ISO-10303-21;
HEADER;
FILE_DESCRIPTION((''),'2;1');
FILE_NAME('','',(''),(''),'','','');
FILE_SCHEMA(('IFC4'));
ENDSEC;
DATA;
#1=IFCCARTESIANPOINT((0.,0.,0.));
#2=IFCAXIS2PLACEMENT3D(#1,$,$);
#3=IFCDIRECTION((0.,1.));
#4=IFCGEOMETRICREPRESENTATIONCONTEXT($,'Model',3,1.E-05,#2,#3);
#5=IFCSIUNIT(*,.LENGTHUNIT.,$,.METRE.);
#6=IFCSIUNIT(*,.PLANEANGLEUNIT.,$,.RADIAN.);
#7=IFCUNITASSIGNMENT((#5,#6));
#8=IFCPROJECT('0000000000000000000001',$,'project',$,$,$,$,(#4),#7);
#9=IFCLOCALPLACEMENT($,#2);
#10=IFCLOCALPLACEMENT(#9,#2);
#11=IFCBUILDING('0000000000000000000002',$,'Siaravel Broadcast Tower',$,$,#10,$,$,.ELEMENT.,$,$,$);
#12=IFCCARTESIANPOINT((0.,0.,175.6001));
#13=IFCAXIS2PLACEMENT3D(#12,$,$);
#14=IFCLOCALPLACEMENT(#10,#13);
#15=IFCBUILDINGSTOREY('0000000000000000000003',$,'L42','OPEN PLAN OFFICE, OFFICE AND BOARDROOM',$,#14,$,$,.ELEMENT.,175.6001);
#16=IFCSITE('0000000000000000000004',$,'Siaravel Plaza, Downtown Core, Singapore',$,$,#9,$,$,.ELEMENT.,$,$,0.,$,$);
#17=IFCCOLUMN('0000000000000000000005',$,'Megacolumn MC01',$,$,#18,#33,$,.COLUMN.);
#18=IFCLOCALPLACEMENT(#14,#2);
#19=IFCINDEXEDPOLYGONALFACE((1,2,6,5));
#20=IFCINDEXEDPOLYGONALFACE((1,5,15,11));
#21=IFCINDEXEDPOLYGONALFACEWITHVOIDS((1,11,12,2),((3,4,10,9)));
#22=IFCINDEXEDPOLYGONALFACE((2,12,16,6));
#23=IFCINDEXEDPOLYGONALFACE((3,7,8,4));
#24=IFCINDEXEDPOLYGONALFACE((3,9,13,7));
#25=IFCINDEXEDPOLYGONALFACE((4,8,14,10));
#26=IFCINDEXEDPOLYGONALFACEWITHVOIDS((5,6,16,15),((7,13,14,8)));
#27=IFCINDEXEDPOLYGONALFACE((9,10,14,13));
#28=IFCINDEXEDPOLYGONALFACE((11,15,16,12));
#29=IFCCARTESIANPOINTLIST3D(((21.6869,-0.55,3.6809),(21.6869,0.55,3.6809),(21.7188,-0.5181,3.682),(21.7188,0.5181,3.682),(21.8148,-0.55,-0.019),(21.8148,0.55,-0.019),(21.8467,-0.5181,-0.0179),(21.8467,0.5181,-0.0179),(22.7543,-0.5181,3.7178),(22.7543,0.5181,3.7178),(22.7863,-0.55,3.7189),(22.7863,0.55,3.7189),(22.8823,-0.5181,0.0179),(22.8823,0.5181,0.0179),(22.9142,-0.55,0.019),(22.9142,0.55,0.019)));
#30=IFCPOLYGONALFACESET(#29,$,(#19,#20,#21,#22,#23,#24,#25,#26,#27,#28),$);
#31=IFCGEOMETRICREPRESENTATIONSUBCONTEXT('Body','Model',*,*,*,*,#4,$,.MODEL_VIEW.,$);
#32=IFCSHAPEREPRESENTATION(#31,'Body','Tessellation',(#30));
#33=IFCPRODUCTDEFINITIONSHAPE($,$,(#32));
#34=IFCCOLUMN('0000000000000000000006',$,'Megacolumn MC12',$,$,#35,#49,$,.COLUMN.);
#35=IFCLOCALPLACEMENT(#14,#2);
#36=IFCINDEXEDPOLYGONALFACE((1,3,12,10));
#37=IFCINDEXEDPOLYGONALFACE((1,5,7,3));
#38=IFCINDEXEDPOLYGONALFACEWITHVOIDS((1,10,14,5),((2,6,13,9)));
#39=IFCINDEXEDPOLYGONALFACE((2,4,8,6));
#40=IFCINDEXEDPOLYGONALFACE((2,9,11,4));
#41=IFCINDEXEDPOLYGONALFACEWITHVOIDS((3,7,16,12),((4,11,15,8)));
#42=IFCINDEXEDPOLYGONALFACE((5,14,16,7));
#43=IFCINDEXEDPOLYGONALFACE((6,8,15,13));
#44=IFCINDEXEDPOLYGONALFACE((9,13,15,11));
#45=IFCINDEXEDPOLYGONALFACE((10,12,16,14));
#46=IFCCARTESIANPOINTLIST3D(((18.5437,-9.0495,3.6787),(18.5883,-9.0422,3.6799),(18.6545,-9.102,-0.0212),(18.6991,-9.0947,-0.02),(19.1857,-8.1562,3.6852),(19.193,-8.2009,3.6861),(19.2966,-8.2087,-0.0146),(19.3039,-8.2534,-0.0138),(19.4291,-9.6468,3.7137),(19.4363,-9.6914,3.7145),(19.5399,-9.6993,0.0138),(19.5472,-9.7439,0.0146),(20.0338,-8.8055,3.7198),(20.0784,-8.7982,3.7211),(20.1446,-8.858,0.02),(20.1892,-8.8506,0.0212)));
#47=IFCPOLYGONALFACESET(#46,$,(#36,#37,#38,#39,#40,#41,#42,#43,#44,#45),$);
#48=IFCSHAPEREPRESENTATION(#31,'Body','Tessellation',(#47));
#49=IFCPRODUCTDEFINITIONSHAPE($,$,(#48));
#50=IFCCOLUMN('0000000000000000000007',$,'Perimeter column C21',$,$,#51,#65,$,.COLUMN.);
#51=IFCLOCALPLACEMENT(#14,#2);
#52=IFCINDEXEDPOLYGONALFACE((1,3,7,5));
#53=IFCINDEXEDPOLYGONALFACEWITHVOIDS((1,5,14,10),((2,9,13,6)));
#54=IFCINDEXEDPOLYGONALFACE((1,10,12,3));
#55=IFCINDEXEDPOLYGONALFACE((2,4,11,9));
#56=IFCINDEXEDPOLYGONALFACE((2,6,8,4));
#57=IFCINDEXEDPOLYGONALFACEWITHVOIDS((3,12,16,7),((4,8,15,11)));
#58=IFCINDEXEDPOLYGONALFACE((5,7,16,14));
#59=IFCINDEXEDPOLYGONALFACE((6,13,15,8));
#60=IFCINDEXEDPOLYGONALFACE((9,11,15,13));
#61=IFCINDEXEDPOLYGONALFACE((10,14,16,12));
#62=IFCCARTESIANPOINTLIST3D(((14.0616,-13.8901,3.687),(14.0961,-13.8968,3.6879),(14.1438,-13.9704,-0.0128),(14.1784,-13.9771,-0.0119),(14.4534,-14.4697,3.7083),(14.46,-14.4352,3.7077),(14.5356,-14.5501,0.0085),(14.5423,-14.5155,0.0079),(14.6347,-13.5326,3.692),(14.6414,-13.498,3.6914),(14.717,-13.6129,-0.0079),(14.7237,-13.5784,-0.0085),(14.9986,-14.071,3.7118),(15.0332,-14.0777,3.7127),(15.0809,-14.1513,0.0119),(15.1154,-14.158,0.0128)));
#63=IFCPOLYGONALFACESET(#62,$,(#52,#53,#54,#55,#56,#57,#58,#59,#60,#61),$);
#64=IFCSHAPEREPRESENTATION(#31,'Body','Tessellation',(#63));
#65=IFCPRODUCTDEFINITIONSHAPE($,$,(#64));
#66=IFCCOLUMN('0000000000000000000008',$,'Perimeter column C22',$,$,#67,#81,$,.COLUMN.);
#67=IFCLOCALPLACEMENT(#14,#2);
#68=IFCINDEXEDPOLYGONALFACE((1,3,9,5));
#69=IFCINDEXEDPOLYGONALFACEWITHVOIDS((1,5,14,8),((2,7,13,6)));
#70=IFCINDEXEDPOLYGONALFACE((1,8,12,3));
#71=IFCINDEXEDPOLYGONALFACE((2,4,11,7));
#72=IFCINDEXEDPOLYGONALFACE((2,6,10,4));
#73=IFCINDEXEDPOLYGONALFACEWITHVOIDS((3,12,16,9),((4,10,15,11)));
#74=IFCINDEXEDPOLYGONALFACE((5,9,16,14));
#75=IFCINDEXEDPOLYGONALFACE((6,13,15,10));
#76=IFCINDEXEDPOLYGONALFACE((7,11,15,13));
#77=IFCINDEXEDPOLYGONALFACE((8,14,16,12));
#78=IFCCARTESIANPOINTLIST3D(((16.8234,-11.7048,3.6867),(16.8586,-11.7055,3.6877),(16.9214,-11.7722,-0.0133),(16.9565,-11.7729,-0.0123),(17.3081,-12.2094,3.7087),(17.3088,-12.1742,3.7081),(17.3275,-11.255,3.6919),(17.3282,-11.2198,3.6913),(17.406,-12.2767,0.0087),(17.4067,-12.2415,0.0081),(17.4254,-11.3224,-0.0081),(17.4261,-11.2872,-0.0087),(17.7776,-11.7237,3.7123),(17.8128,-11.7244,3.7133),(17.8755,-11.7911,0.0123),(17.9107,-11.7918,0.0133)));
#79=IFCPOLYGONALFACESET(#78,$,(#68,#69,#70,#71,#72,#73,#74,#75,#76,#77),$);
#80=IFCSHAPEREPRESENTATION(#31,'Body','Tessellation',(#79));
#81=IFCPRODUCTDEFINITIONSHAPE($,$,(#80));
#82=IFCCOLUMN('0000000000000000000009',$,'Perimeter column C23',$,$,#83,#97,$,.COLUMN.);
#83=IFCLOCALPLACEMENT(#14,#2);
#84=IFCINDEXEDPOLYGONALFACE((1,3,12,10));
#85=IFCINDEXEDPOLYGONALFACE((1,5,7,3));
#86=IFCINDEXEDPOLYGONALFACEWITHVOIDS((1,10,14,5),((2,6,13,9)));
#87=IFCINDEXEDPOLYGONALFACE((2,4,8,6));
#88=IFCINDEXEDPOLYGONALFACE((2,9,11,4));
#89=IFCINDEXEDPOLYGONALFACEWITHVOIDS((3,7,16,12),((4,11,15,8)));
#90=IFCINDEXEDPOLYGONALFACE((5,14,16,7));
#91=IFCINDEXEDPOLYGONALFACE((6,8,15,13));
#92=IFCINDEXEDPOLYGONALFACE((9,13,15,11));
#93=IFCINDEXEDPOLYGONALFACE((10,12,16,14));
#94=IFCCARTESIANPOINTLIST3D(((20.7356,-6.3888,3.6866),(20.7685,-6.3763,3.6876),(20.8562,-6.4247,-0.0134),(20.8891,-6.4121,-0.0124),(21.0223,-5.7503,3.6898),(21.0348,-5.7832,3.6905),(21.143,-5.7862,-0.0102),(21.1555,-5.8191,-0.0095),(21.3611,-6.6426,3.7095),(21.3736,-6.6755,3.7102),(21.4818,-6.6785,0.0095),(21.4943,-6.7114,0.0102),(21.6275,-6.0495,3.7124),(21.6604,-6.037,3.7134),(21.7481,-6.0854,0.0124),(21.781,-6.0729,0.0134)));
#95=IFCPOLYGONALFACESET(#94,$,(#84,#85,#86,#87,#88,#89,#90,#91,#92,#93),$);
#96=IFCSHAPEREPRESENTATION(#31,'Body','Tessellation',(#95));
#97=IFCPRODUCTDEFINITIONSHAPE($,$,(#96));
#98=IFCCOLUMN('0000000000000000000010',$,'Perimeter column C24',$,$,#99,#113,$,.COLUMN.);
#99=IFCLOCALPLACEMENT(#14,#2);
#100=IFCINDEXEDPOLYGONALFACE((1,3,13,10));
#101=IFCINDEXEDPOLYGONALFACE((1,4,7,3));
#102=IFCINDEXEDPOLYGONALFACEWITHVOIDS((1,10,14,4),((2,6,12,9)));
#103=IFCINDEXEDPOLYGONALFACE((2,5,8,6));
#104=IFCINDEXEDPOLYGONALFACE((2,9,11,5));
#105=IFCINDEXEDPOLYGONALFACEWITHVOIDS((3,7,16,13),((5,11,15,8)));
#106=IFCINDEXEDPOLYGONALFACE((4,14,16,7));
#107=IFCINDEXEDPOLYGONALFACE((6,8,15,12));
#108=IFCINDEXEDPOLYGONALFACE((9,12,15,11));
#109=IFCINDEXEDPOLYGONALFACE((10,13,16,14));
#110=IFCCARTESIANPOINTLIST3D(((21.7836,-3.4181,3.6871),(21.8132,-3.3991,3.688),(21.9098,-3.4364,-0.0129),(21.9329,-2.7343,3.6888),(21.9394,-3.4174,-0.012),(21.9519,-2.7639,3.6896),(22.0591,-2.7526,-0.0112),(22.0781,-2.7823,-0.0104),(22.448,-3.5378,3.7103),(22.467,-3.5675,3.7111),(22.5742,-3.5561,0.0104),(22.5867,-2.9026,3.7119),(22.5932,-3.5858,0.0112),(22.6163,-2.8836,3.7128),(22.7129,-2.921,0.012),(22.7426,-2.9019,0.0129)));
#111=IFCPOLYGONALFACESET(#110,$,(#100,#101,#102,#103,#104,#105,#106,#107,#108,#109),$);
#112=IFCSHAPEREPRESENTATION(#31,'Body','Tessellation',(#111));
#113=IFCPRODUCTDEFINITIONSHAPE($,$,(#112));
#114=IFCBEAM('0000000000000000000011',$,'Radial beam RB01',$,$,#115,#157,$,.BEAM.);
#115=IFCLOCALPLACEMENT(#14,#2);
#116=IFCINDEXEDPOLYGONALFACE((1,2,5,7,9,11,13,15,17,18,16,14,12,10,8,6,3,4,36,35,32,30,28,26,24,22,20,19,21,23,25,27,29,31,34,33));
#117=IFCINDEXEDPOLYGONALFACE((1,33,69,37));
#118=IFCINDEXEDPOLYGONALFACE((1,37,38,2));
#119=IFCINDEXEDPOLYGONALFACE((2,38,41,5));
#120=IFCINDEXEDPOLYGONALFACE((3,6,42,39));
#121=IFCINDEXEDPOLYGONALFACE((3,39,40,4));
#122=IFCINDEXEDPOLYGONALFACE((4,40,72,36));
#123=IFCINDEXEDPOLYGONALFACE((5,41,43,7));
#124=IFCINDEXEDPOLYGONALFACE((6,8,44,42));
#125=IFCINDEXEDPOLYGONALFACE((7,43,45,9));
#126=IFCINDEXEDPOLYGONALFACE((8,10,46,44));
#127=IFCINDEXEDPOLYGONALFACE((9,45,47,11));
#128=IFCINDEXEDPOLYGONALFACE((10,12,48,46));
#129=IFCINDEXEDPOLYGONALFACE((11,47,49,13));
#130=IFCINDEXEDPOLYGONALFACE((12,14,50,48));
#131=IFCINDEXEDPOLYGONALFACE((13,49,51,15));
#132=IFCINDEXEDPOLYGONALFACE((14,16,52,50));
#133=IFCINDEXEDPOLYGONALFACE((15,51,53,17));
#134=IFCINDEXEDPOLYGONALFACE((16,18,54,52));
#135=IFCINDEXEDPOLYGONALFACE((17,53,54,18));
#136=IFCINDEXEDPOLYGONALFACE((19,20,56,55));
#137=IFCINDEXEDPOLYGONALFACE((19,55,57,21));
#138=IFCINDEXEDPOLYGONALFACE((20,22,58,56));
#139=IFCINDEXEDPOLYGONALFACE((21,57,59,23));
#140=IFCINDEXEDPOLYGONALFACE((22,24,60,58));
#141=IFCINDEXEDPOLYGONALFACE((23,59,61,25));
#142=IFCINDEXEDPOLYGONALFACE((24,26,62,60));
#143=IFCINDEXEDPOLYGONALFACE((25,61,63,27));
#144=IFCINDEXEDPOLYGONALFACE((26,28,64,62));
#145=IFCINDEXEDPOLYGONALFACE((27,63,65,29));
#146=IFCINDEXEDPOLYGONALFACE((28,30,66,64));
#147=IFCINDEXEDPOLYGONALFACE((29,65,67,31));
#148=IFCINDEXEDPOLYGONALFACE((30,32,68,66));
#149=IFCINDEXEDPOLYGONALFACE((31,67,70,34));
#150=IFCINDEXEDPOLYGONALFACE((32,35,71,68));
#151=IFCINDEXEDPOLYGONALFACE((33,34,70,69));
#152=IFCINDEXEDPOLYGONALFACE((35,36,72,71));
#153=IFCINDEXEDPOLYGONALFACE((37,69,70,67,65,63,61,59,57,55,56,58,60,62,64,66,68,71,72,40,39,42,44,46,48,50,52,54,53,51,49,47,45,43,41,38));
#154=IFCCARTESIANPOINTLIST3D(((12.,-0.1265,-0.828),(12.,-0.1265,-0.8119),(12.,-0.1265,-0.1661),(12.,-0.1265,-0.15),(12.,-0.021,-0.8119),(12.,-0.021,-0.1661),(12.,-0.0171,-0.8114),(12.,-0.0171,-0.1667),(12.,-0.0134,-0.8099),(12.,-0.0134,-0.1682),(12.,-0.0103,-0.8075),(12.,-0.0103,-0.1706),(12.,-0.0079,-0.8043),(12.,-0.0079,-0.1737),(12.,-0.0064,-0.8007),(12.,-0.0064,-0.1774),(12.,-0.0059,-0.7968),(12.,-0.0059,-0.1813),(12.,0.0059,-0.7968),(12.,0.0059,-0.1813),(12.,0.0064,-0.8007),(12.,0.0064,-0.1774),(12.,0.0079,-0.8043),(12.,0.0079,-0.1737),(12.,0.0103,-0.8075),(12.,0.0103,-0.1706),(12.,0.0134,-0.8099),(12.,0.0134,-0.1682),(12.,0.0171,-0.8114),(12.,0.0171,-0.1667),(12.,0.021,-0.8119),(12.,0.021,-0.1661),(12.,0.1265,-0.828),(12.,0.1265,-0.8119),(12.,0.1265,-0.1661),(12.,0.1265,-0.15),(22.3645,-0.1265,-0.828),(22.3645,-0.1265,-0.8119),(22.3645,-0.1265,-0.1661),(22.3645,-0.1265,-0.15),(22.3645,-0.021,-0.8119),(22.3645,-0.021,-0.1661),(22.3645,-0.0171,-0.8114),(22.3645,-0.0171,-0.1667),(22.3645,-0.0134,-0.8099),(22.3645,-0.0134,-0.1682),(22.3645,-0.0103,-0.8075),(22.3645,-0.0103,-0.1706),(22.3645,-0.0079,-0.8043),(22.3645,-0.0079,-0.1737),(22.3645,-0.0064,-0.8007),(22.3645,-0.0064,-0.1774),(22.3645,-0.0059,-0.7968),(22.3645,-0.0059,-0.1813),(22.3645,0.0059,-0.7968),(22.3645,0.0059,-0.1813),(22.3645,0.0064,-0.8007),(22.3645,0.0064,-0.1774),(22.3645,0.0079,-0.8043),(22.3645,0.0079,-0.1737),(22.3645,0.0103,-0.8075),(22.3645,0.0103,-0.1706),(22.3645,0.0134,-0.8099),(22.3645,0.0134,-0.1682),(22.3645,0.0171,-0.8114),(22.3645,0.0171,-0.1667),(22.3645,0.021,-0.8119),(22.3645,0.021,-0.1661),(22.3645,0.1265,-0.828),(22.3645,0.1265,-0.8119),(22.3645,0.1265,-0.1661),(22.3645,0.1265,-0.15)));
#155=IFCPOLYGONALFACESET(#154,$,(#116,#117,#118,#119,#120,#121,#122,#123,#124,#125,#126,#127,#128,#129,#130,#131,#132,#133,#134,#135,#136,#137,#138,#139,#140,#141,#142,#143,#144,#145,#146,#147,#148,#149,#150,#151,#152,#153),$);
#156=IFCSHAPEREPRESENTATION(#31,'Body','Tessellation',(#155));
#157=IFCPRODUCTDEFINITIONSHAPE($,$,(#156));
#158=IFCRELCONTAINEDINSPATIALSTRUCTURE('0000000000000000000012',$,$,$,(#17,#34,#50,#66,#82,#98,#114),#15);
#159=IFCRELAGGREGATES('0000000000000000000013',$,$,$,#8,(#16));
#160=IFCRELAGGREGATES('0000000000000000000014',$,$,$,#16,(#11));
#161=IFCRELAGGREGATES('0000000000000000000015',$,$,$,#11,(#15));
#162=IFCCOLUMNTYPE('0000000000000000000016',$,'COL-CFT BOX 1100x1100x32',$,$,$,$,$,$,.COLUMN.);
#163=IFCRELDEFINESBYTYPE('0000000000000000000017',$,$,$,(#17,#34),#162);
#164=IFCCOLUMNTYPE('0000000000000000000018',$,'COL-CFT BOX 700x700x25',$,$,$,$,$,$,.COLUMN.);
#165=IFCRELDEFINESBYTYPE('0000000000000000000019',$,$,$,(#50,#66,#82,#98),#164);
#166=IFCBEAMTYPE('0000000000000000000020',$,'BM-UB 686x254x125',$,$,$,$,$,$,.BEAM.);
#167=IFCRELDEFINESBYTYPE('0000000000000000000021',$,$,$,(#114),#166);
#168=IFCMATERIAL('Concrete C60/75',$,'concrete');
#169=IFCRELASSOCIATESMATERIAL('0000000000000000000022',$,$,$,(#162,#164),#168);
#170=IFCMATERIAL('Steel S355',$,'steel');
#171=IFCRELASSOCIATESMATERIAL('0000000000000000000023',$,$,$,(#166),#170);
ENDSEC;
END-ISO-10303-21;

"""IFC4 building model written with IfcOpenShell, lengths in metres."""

from ifc_helpers import new_model, si_unit, direction, frame, origin, origin_2d, place, context, subcontext, project, spatial, hollow_rectangle, i_section, extrude, material, material_profile, profile_set, type_object, element, save


model = new_model("IFC4")

# Units and contexts
model_context = context("Model", 3, precision=1e-05, world=origin(), true_north=direction((0.0, 1.0)))
body_context = subcontext(model_context, "Body", "Model", "MODEL_VIEW")
ifc_project = project(units=[si_unit("LENGTHUNIT", "METRE"), si_unit("PLANEANGLEUNIT", "RADIAN")], contexts=[model_context])

# Site, building, storey
site_placement = place(None, origin())
site = spatial("IfcSite", under=ifc_project, at=site_placement, Name="Siaravel Plaza, Downtown Core, Singapore", CompositionType="ELEMENT", RefElevation=0.0)
building_placement = place(site_placement, origin())
building = spatial("IfcBuilding", under=site, at=building_placement, Name="Siaravel Broadcast Tower", CompositionType="ELEMENT")
storey_placement = place(building_placement, frame((0.0, 0.0, 175.6001)))
storey = spatial("IfcBuildingStorey", under=building, at=storey_placement, Name="L42", Description="OPEN PLAN OFFICE, OFFICE AND BOARDROOM", CompositionType="ELEMENT", Elevation=175.6001)

# Columns
ifc_material_1 = material(Name="Concrete C60/75", Category="concrete")
ifc_material_profile_1 = material_profile(ifc_material_1, hollow_rectangle(XDim=1.1001, YDim=1.1001, WallThickness=0.032, at=origin_2d()))
ifc_profile_set_1 = profile_set([ifc_material_profile_1], Name="Concrete C60/75")
column_type_1 = type_object("IfcColumnType", Name="COL-CFT BOX 1100x1100x32", PredefinedType="COLUMN", material=ifc_profile_set_1)
column_1_placement = place(storey_placement, frame((22.3645, 0.0, 0.0), z_axis=(-0.034555, 0.0, 0.999403), x_axis=(0.0, -1.0, 0.0)))
element("IfcColumn", 1, at=column_1_placement, inside=storey, type_object=column_type_1, Name="Megacolumn MC01", PredefinedType="COLUMN", context=body_context, shape_type="SweptSolid", body=[
    extrude(hollow_rectangle(XDim=1.1001, YDim=1.1001, WallThickness=0.032, at=origin_2d()), origin(), (0.0, 0.0, 1.0), 3.7021),
])
column_2_placement = place(storey_placement, frame((19.4219, -8.9763, 0.0), z_axis=(-0.029941, 0.014179, 0.999451), x_axis=(-0.583647, -0.811986, -0.005965)))
element("IfcColumn", 2, at=column_2_placement, inside=storey, type_object=column_type_1, Name="Megacolumn MC12", PredefinedType="COLUMN", context=body_context, shape_type="SweptSolid", body=[
    extrude(hollow_rectangle(XDim=1.1001, YDim=1.1001, WallThickness=0.032, at=origin_2d()), origin(), (0.0, 0.0, 1.0), 3.7019),
])
ifc_material_profile_2 = material_profile(ifc_material_1, hollow_rectangle(XDim=0.7, YDim=0.7, WallThickness=0.0249, at=origin_2d()))
ifc_profile_set_2 = profile_set([ifc_material_profile_2], Name="Concrete C60/75")
column_type_2 = type_object("IfcColumnType", Name="COL-CFT BOX 700x700x25", PredefinedType="COLUMN", material=ifc_profile_set_2)
column_3_placement = place(storey_placement, frame((14.6296, -14.0642, 0.0), z_axis=(-0.022226, 0.021699, 0.999517), x_axis=(-0.82837, -0.560146, -0.00626)))
element("IfcColumn", 3, at=column_3_placement, inside=storey, type_object=column_type_2, Name="Perimeter column C21", PredefinedType="COLUMN", context=body_context, shape_type="SweptSolid", body=[
    extrude(hollow_rectangle(XDim=0.7, YDim=0.7, WallThickness=0.0249, at=origin_2d()), origin(), (0.0, 0.0, 1.0), 3.7017),
])
column_4_placement = place(storey_placement, frame((17.416, -11.782, 0.0), z_axis=(-0.026446, 0.018202, 0.999484), x_axis=(-0.721081, -0.692821, -0.006462)))
element("IfcColumn", 4, at=column_4_placement, inside=storey, type_object=column_type_2, Name="Perimeter column C22", PredefinedType="COLUMN", context=body_context, shape_type="SweptSolid", body=[
    extrude(hollow_rectangle(XDim=0.7, YDim=0.7, WallThickness=0.0249, at=origin_2d()), origin(), (0.0, 0.0, 1.0), 3.7019),
])
for number, where, z_axis, x_axis, name in (
    (5, (21.3186, -6.2488, 0.0), (-0.032578, 0.009694, 0.999422), (-0.40973, -0.912196, -0.004508), "Perimeter column C23"),
    (6, (22.3262, -3.1692, 0.0), (-0.034094, 0.004946, 0.999406), (-0.213384, -0.976965, -0.002445), "Perimeter column C24"),
):
    element("IfcColumn", number, at=place(storey_placement, frame(where, z_axis=z_axis, x_axis=x_axis)), inside=storey, type_object=column_type_2, Name=name, PredefinedType="COLUMN", context=body_context, shape_type="SweptSolid", body=[
        extrude(hollow_rectangle(XDim=0.7, YDim=0.7, WallThickness=0.0249, at=origin_2d()), origin(), (0.0, 0.0, 1.0), 3.7021),
    ])

# Beam
ifc_material_2 = material(Name="Steel S355", Category="steel")
ifc_material_profile_3 = material_profile(ifc_material_2, i_section(OverallWidth=0.2529, OverallDepth=0.678, WebThickness=0.0117, FlangeThickness=0.0161, FilletRadius=0.0151, at=origin_2d()))
ifc_profile_set_3 = profile_set([ifc_material_profile_3], Name="Steel S355")
beam_type = type_object("IfcBeamType", Name="BM-UB 686x254x125", PredefinedType="BEAM", material=ifc_profile_set_3)
beam_1_placement = place(storey_placement, frame((22.3645, 0.0, -0.489), z_axis=(-1.0, 0.0, 0.0), x_axis=(0.0, -1.0, 0.0)))
element("IfcBeam", 7, at=beam_1_placement, inside=storey, type_object=beam_type, Name="Radial beam RB01", PredefinedType="BEAM", context=body_context, shape_type="SweptSolid", body=[
    extrude(i_section(OverallWidth=0.2529, OverallDepth=0.678, WebThickness=0.0117, FlangeThickness=0.0161, FilletRadius=0.0151, at=origin_2d()), origin(), (0.0, 0.0, 1.0), 10.3645),
])

save(model, "model.ifc")
